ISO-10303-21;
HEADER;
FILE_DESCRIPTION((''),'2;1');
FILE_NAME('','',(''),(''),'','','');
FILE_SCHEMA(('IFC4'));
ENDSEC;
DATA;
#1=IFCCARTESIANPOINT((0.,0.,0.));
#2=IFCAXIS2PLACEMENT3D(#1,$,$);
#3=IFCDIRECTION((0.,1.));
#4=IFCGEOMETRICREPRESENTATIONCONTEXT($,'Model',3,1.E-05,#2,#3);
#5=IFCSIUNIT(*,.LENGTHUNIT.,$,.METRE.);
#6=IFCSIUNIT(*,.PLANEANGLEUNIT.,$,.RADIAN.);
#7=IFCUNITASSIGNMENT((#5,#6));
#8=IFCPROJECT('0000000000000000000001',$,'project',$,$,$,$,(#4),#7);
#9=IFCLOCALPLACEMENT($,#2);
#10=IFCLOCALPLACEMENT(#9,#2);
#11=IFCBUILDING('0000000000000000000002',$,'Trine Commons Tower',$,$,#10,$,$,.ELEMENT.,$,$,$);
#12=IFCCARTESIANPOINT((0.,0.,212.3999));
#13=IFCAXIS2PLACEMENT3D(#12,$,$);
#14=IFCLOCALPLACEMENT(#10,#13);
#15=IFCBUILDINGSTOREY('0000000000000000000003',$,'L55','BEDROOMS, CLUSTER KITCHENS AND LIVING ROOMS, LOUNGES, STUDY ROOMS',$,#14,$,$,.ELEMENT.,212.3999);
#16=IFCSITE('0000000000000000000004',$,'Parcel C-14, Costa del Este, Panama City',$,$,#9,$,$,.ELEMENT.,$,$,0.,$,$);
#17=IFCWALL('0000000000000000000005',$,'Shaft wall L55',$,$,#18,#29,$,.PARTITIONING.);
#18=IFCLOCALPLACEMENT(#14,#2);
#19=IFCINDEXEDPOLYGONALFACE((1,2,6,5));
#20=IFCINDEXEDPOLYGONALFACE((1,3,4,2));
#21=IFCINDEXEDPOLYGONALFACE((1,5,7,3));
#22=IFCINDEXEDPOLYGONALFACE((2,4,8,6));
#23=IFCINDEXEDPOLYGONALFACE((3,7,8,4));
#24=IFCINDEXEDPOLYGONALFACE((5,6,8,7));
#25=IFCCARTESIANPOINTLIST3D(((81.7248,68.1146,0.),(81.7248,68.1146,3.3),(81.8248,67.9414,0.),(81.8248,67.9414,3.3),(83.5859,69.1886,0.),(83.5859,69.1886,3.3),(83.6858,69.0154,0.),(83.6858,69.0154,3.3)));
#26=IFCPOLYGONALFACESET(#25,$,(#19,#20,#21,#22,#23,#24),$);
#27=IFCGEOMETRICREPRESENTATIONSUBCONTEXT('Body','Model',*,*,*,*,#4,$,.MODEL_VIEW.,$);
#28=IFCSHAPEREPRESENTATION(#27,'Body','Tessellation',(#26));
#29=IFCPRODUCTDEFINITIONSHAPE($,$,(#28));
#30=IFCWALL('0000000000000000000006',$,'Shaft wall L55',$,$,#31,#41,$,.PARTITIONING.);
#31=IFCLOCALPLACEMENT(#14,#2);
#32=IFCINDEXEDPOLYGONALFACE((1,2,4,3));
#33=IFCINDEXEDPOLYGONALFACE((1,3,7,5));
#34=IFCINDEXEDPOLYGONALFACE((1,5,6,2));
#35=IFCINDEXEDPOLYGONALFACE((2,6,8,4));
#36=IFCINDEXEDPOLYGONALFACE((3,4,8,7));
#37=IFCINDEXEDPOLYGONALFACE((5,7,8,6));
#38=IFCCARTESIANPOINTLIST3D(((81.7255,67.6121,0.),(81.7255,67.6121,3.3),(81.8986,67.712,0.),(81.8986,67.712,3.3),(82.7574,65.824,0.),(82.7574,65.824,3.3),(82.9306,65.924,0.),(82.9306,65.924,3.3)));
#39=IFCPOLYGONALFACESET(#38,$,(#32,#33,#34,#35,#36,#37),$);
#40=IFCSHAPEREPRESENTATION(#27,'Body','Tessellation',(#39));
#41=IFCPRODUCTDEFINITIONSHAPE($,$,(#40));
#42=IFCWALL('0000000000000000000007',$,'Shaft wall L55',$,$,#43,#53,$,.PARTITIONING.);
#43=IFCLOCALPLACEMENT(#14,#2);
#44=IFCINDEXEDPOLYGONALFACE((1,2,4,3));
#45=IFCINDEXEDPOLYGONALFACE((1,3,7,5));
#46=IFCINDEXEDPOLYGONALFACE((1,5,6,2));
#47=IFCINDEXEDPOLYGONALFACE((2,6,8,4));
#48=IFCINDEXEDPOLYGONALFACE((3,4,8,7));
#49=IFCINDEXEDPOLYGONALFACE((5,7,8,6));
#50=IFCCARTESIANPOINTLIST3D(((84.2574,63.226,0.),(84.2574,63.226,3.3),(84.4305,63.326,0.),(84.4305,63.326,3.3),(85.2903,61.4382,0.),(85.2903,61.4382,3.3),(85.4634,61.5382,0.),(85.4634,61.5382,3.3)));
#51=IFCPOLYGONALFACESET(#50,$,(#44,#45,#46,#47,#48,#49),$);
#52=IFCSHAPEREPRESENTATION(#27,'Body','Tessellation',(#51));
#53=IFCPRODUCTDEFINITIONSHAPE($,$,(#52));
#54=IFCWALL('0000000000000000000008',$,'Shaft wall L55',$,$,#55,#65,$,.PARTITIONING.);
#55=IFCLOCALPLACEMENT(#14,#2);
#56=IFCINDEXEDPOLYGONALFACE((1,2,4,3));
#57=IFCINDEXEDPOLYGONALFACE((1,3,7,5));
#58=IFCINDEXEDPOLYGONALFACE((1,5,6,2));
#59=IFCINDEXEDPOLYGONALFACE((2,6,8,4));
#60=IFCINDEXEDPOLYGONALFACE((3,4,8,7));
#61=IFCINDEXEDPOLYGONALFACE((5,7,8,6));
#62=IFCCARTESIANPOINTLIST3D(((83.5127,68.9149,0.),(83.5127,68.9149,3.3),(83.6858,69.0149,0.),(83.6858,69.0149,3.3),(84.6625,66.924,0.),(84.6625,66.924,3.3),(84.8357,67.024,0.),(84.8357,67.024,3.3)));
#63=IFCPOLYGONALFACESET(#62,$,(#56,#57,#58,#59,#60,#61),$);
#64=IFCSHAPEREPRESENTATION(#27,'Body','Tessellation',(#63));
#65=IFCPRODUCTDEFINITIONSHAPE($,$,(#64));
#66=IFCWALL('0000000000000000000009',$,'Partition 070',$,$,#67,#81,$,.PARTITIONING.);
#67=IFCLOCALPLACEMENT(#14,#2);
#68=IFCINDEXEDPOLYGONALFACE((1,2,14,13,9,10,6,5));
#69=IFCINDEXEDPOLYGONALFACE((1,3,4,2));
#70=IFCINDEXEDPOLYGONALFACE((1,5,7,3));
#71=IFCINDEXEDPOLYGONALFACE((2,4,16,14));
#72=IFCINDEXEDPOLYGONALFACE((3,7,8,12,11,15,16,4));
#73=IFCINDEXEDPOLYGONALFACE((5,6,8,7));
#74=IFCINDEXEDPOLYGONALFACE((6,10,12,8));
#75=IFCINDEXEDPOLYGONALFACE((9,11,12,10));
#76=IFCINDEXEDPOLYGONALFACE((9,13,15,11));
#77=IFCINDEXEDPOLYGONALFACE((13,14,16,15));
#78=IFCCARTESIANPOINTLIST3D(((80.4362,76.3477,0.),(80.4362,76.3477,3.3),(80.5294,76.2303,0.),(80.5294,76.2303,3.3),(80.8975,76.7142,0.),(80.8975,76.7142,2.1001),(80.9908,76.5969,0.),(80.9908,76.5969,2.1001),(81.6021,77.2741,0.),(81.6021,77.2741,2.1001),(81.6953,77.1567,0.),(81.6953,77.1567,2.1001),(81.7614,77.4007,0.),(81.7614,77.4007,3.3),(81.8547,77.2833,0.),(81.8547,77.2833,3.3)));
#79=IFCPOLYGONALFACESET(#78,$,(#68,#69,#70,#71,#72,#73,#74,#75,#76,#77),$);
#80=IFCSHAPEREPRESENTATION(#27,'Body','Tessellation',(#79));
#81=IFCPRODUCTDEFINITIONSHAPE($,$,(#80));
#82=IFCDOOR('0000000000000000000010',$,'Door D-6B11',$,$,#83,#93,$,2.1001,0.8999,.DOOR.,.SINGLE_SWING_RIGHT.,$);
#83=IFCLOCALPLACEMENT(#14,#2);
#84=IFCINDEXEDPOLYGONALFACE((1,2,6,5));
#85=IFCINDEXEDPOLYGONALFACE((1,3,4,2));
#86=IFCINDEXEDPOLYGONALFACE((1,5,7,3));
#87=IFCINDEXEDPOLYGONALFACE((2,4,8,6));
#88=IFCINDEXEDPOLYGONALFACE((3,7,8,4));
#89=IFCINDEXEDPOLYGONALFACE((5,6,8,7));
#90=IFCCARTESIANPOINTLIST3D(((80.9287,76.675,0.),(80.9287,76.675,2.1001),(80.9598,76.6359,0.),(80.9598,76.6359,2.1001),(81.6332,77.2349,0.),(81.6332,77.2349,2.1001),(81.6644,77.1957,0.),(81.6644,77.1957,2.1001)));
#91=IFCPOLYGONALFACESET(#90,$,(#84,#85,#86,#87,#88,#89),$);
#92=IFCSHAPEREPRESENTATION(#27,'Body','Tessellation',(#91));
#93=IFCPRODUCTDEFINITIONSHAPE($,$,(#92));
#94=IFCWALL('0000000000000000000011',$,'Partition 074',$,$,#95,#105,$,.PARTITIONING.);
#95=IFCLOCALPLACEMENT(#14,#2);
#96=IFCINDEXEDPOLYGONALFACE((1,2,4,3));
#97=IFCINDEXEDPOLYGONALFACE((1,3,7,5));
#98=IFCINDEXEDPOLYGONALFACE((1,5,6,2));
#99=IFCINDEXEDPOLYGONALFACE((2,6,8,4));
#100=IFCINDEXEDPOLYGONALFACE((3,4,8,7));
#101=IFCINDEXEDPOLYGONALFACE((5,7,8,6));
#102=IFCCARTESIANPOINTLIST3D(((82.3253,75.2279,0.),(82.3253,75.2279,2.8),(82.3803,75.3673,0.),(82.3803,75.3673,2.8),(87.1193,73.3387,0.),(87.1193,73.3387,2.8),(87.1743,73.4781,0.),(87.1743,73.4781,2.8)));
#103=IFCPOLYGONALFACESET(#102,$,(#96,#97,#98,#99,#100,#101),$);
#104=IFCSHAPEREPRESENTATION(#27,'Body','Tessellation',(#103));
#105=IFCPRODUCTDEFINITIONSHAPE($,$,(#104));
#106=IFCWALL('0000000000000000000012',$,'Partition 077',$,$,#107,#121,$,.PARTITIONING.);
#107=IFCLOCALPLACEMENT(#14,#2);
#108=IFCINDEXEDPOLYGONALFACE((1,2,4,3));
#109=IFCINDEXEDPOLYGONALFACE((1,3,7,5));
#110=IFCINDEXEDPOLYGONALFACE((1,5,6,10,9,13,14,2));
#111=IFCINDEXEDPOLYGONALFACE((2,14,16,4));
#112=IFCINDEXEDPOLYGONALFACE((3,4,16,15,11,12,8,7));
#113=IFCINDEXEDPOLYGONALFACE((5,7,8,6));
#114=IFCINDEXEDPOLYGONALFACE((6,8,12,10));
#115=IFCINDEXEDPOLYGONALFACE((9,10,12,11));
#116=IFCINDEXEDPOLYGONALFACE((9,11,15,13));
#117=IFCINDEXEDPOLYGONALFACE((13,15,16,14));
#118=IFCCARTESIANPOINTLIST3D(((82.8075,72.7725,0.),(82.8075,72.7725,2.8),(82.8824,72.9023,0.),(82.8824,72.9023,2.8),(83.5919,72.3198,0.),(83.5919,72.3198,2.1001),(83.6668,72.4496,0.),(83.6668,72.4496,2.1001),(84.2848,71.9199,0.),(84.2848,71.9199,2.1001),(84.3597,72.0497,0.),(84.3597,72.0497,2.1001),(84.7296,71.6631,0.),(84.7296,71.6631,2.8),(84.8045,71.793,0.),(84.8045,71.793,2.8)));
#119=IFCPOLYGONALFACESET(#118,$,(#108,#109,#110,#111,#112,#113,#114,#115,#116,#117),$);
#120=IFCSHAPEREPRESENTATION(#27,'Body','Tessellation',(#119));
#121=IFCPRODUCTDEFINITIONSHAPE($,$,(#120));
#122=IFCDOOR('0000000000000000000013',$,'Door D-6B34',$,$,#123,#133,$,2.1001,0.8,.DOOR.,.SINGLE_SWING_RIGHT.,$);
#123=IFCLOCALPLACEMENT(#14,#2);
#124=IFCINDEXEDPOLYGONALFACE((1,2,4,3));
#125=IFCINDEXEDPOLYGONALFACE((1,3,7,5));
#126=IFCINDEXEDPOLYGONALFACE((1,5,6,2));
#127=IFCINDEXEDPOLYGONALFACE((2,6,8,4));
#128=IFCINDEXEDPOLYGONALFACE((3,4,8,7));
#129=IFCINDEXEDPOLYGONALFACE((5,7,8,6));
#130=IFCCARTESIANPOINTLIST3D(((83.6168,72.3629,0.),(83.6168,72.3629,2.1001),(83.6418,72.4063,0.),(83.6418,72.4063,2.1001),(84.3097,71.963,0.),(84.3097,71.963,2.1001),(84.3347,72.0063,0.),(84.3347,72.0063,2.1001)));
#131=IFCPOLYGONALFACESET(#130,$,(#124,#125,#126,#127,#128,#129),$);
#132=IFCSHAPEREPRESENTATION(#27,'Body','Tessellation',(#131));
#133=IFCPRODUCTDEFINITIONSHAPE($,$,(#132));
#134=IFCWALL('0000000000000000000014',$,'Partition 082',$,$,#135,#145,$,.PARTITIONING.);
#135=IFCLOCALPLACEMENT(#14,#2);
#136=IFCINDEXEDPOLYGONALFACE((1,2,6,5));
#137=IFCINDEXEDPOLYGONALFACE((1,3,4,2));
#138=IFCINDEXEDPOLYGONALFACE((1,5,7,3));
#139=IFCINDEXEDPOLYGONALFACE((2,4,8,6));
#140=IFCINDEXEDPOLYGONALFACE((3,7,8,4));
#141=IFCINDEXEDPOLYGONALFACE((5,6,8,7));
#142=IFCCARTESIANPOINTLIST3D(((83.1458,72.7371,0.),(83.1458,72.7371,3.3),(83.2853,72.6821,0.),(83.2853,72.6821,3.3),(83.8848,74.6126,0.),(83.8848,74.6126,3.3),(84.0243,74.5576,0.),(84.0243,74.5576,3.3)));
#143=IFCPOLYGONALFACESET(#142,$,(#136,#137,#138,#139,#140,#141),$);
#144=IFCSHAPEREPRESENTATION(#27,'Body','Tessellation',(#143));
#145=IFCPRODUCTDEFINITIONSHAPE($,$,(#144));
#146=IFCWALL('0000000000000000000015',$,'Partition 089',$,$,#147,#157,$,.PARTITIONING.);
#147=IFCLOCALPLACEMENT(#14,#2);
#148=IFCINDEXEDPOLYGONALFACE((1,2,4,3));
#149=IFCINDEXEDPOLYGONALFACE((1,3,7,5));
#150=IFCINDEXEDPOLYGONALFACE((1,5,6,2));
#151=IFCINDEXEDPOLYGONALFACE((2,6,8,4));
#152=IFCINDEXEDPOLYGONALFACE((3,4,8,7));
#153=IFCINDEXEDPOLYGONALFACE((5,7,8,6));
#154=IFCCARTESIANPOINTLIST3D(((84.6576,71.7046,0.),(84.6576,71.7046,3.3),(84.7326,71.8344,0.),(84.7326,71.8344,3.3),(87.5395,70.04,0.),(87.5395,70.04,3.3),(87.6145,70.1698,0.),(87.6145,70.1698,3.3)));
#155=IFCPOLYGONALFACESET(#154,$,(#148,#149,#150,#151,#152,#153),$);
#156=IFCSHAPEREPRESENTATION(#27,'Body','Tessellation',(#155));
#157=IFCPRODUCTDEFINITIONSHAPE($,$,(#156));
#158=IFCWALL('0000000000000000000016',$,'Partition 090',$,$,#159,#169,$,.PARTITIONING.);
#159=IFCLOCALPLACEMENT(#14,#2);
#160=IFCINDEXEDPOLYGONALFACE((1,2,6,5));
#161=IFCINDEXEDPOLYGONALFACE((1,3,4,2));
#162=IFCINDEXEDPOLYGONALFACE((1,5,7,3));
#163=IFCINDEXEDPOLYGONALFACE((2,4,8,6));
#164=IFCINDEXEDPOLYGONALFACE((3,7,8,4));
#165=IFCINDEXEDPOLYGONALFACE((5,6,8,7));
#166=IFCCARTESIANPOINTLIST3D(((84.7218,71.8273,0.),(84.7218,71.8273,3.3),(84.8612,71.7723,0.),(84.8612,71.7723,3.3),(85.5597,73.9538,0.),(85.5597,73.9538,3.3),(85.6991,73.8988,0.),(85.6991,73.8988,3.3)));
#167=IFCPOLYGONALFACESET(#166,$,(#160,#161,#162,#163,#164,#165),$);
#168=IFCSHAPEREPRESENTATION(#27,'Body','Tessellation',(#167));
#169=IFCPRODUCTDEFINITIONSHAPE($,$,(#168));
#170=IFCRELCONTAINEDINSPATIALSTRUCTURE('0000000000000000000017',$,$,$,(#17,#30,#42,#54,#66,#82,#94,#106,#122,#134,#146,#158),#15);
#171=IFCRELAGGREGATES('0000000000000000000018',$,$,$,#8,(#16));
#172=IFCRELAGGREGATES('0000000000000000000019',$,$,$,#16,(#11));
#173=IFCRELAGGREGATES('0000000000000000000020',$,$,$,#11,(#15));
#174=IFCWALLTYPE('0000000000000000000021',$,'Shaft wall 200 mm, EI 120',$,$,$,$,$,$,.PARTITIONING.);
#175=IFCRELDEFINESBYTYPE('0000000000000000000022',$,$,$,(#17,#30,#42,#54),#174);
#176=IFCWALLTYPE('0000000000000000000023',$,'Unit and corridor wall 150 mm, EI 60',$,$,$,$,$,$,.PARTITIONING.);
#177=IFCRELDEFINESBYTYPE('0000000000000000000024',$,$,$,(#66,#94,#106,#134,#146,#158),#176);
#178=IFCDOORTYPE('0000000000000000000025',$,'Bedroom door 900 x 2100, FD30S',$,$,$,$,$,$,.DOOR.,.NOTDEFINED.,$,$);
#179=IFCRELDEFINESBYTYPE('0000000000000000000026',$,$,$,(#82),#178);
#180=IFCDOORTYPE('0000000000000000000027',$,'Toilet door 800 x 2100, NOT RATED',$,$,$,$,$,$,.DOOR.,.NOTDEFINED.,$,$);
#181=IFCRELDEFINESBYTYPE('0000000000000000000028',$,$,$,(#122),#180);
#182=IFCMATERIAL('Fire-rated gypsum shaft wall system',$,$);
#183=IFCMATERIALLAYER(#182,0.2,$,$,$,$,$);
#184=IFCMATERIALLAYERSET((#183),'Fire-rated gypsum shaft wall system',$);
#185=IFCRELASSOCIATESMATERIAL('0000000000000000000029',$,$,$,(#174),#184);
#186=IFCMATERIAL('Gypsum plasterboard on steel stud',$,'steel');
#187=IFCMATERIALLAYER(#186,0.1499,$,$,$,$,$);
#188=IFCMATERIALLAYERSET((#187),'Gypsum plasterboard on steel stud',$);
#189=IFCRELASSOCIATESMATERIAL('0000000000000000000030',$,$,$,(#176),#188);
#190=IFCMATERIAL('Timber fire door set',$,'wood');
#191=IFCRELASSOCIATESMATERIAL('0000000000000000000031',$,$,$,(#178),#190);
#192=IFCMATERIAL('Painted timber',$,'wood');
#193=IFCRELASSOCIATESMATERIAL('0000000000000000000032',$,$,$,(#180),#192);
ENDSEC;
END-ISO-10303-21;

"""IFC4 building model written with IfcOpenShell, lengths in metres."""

from ifc_helpers import new_model, si_unit, direction, frame, frame_2d, origin, place, context, subcontext, project, spatial, rectangle, extrude, material, layer, layer_set, type_object, element, fill, save


model = new_model("IFC4")

# Units and contexts
model_context = context("Model", 3, precision=1e-05, world=origin(), true_north=direction((0.0, 1.0)))
body_context = subcontext(model_context, "Body", "Model", "MODEL_VIEW")
ifc_project = project(units=[si_unit("LENGTHUNIT", "METRE"), si_unit("PLANEANGLEUNIT", "RADIAN")], contexts=[model_context])

# Site, building, storey
site_placement = place(None, origin())
site = spatial("IfcSite", under=ifc_project, at=site_placement, Name="Parcel C-14, Costa del Este, Panama City", CompositionType="ELEMENT", RefElevation=0.0)
building_placement = place(site_placement, origin())
building = spatial("IfcBuilding", under=site, at=building_placement, Name="Trine Commons Tower", CompositionType="ELEMENT")
storey_placement = place(building_placement, frame((0.0, 0.0, 212.3999)))
storey = spatial("IfcBuildingStorey", under=building, at=storey_placement, Name="L55", Description="BEDROOMS, CLUSTER KITCHENS AND LIVING ROOMS, LOUNGES, STUDY ROOMS", CompositionType="ELEMENT", Elevation=212.3999)

# Shared definitions
ifc_material_1 = material(Name="Fire-rated gypsum shaft wall system")

# Walls
ifc_layer_1 = layer(ifc_material_1, 0.2)
ifc_layer_set_1 = layer_set([ifc_layer_1], Name="Fire-rated gypsum shaft wall system")
wall_type_1 = type_object("IfcWallType", Name="Shaft wall 200 mm, EI 120", PredefinedType="PARTITIONING", material=ifc_layer_set_1)
wall_1_placement = place(storey_placement, frame((81.7749, 68.0281, 0.0), z_axis=(0.0, 0.0, 1.0), x_axis=(0.866131, 0.499818, 0.0)))
element("IfcWall", 1, at=wall_1_placement, inside=storey, type_object=wall_type_1, Name="Shaft wall L55", PredefinedType="PARTITIONING", context=body_context, shape_type="SweptSolid", body=[
    extrude(rectangle(XDim=2.1487, YDim=0.2, at=frame_2d((1.0742, 0.0))), origin(), (0.0, 0.0, 1.0), 3.3),
])
wall_2_placement = place(storey_placement, frame((82.844, 65.874, 0.0), z_axis=(0.0, 0.0, 1.0), x_axis=(-0.499866, 0.866103, 0.0)))
element("IfcWall", 2, at=wall_2_placement, inside=storey, type_object=wall_type_1, Name="Shaft wall L55", PredefinedType="PARTITIONING", context=body_context, shape_type="SweptSolid", body=[
    extrude(rectangle(XDim=2.0645, YDim=0.2, at=frame_2d((1.0322, 0.0))), origin(), (0.0, 0.0, 1.0), 3.3),
])
wall_3_placement = place(storey_placement, frame((84.344, 63.2759, 0.0), z_axis=(0.0, 0.0, 1.0), x_axis=(0.500272, -0.865868, 0.0)))
element("IfcWall", 3, at=wall_3_placement, inside=storey, type_object=wall_type_1, Name="Shaft wall L55", PredefinedType="PARTITIONING", context=body_context, shape_type="SweptSolid", body=[
    extrude(rectangle(XDim=2.0647, YDim=0.2, at=frame_2d((1.0322, 0.0))), origin(), (0.0, 0.0, 1.0), 3.3),
])
wall_4_placement = place(storey_placement, frame((84.749, 66.9741, 0.0), z_axis=(0.0, 0.0, 1.0), x_axis=(-0.500136, 0.865947, 0.0)))
element("IfcWall", 4, at=wall_4_placement, inside=storey, type_object=wall_type_1, Name="Shaft wall L55", PredefinedType="PARTITIONING", context=body_context, shape_type="SweptSolid", body=[
    extrude(rectangle(XDim=2.2991, YDim=0.2, at=frame_2d((1.1494, 0.0))), origin(), (0.0, 0.0, 1.0), 3.3),
])

# Wall, opening, door
ifc_material_2 = material(Name="Gypsum plasterboard on steel stud", Category="steel")
ifc_layer_2 = layer(ifc_material_2, 0.1499)
ifc_layer_set_2 = layer_set([ifc_layer_2], Name="Gypsum plasterboard on steel stud")
wall_type_2 = type_object("IfcWallType", Name="Unit and corridor wall 150 mm, EI 60", PredefinedType="PARTITIONING", material=ifc_layer_set_2)
wall_5_placement = place(storey_placement, frame((80.4829, 76.2891, 0.0), z_axis=(0.0, 0.0, 1.0), x_axis=(0.782933, 0.622106, 0.0)))
wall_5 = element("IfcWall", 5, at=wall_5_placement, inside=storey, type_object=wall_type_2, Name="Partition 070", PredefinedType="PARTITIONING", context=body_context, shape_type="SweptSolid", body=[
    extrude(rectangle(XDim=1.6926, YDim=0.1499, at=frame_2d((0.8462, 0.0))), origin(), (0.0, 0.0, 1.0), 3.3),
])
opening_1_placement = place(wall_5_placement, frame((0.5891, 0.0, 0.0)))
opening_1 = element("IfcOpeningElement", 6, at=opening_1_placement, cuts=wall_5, PredefinedType="OPENING", context=body_context, shape_type="SweptSolid", body=[
    extrude(rectangle(XDim=0.8999, YDim=2.1001, at=frame_2d((0.45, 1.05))), frame((0.0, 0.085, 0.0), z_axis=(0.0, -1.0, 0.0), x_axis=(1.0, 0.0, 0.0)), (0.0, 0.0, 1.0), 0.1699),
])
ifc_material_3 = material(Name="Timber fire door set", Category="wood")
door_type_1 = type_object("IfcDoorType", Name="Bedroom door 900 x 2100, FD30S", OperationType="NOTDEFINED", PredefinedType="DOOR", material=ifc_material_3)
door_1_placement = place(opening_1_placement, origin())
door_1 = element("IfcDoor", 7, at=door_1_placement, inside=storey, type_object=door_type_1, Name="Door D-6B11", OperationType="SINGLE_SWING_RIGHT", OverallHeight=2.1001, OverallWidth=0.8999, PredefinedType="DOOR", context=body_context, shape_type="SweptSolid", body=[
    extrude(rectangle(XDim=0.8999, YDim=2.1001, at=frame_2d((0.45, 1.05))), frame((0.0, 0.0249, 0.0), z_axis=(0.0, -1.0, 0.0), x_axis=(1.0, 0.0, 0.0)), (0.0, 0.0, 1.0), 0.05),
])
fill(opening_1, door_1)

# Wall
wall_6_placement = place(storey_placement, frame((82.3528, 75.2976, 0.0), z_axis=(0.0, 0.0, 1.0), x_axis=(0.930366, -0.366631, 0.0)))
element("IfcWall", 8, at=wall_6_placement, inside=storey, type_object=wall_type_2, Name="Partition 074", PredefinedType="PARTITIONING", context=body_context, shape_type="SweptSolid", body=[
    extrude(rectangle(XDim=5.1528, YDim=0.1499, at=frame_2d((2.5764, 0.0))), origin(), (0.0, 0.0, 1.0), 2.8),
])

# Wall, opening, door
wall_7_placement = place(storey_placement, frame((82.845, 72.8374, 0.0), z_axis=(0.0, 0.0, 1.0), x_axis=(0.866096, -0.499878, 0.0)))
wall_7 = element("IfcWall", 9, at=wall_7_placement, inside=storey, type_object=wall_type_2, Name="Partition 077", PredefinedType="PARTITIONING", context=body_context, shape_type="SweptSolid", body=[
    extrude(rectangle(XDim=2.2192, YDim=0.1499, at=frame_2d((1.1096, 0.0))), origin(), (0.0, 0.0, 1.0), 2.8),
])
opening_2_placement = place(wall_7_placement, frame((0.9058, 0.0, 0.0)))
opening_2 = element("IfcOpeningElement", 10, at=opening_2_placement, cuts=wall_7, PredefinedType="OPENING", context=body_context, shape_type="SweptSolid", body=[
    extrude(rectangle(XDim=0.8, YDim=2.1001, at=frame_2d((0.3999, 1.05))), frame((0.0, 0.085, 0.0), z_axis=(0.0, -1.0, 0.0), x_axis=(1.0, 0.0, 0.0)), (0.0, 0.0, 1.0), 0.1699),
])
ifc_material_4 = material(Name="Painted timber", Category="wood")
door_type_2 = type_object("IfcDoorType", Name="Toilet door 800 x 2100, NOT RATED", OperationType="NOTDEFINED", PredefinedType="DOOR", material=ifc_material_4)
door_2_placement = place(opening_2_placement, origin())
door_2 = element("IfcDoor", 11, at=door_2_placement, inside=storey, type_object=door_type_2, Name="Door D-6B34", OperationType="SINGLE_SWING_RIGHT", OverallHeight=2.1001, OverallWidth=0.8, PredefinedType="DOOR", context=body_context, shape_type="SweptSolid", body=[
    extrude(rectangle(XDim=0.8, YDim=2.1001, at=frame_2d((0.3999, 1.05))), frame((0.0, 0.0249, 0.0), z_axis=(0.0, -1.0, 0.0), x_axis=(1.0, 0.0, 0.0)), (0.0, 0.0, 1.0), 0.05),
])
fill(opening_2, door_2)

# Walls
wall_8_placement = place(storey_placement, frame((83.2156, 72.7097, 0.0), z_axis=(0.0, 0.0, 1.0), x_axis=(0.366604, 0.930377, 0.0)))
element("IfcWall", 12, at=wall_8_placement, inside=storey, type_object=wall_type_2, Name="Partition 082", PredefinedType="PARTITIONING", context=body_context, shape_type="SweptSolid", body=[
    extrude(rectangle(XDim=2.0159, YDim=0.1499, at=frame_2d((1.0078, 0.0))), origin(), (0.0, 0.0, 1.0), 3.3),
])
wall_9_placement = place(storey_placement, frame((84.6951, 71.7695, 0.0), z_axis=(0.0, 0.0, 1.0), x_axis=(0.865931, -0.500163, 0.0)))
element("IfcWall", 13, at=wall_9_placement, inside=storey, type_object=wall_type_2, Name="Partition 089", PredefinedType="PARTITIONING", context=body_context, shape_type="SweptSolid", body=[
    extrude(rectangle(XDim=3.3281, YDim=0.1499, at=frame_2d((1.6641, 0.0))), origin(), (0.0, 0.0, 1.0), 3.3),
])
wall_10_placement = place(storey_placement, frame((84.7915, 71.7998, 0.0), z_axis=(0.0, 0.0, 1.0), x_axis=(0.366597, 0.93038, 0.0)))
element("IfcWall", 14, at=wall_10_placement, inside=storey, type_object=wall_type_2, Name="Partition 090", PredefinedType="PARTITIONING", context=body_context, shape_type="SweptSolid", body=[
    extrude(rectangle(XDim=2.2856, YDim=0.1499, at=frame_2d((1.1428, 0.0))), origin(), (0.0, 0.0, 1.0), 3.3),
])

save(model, "model.ifc")
